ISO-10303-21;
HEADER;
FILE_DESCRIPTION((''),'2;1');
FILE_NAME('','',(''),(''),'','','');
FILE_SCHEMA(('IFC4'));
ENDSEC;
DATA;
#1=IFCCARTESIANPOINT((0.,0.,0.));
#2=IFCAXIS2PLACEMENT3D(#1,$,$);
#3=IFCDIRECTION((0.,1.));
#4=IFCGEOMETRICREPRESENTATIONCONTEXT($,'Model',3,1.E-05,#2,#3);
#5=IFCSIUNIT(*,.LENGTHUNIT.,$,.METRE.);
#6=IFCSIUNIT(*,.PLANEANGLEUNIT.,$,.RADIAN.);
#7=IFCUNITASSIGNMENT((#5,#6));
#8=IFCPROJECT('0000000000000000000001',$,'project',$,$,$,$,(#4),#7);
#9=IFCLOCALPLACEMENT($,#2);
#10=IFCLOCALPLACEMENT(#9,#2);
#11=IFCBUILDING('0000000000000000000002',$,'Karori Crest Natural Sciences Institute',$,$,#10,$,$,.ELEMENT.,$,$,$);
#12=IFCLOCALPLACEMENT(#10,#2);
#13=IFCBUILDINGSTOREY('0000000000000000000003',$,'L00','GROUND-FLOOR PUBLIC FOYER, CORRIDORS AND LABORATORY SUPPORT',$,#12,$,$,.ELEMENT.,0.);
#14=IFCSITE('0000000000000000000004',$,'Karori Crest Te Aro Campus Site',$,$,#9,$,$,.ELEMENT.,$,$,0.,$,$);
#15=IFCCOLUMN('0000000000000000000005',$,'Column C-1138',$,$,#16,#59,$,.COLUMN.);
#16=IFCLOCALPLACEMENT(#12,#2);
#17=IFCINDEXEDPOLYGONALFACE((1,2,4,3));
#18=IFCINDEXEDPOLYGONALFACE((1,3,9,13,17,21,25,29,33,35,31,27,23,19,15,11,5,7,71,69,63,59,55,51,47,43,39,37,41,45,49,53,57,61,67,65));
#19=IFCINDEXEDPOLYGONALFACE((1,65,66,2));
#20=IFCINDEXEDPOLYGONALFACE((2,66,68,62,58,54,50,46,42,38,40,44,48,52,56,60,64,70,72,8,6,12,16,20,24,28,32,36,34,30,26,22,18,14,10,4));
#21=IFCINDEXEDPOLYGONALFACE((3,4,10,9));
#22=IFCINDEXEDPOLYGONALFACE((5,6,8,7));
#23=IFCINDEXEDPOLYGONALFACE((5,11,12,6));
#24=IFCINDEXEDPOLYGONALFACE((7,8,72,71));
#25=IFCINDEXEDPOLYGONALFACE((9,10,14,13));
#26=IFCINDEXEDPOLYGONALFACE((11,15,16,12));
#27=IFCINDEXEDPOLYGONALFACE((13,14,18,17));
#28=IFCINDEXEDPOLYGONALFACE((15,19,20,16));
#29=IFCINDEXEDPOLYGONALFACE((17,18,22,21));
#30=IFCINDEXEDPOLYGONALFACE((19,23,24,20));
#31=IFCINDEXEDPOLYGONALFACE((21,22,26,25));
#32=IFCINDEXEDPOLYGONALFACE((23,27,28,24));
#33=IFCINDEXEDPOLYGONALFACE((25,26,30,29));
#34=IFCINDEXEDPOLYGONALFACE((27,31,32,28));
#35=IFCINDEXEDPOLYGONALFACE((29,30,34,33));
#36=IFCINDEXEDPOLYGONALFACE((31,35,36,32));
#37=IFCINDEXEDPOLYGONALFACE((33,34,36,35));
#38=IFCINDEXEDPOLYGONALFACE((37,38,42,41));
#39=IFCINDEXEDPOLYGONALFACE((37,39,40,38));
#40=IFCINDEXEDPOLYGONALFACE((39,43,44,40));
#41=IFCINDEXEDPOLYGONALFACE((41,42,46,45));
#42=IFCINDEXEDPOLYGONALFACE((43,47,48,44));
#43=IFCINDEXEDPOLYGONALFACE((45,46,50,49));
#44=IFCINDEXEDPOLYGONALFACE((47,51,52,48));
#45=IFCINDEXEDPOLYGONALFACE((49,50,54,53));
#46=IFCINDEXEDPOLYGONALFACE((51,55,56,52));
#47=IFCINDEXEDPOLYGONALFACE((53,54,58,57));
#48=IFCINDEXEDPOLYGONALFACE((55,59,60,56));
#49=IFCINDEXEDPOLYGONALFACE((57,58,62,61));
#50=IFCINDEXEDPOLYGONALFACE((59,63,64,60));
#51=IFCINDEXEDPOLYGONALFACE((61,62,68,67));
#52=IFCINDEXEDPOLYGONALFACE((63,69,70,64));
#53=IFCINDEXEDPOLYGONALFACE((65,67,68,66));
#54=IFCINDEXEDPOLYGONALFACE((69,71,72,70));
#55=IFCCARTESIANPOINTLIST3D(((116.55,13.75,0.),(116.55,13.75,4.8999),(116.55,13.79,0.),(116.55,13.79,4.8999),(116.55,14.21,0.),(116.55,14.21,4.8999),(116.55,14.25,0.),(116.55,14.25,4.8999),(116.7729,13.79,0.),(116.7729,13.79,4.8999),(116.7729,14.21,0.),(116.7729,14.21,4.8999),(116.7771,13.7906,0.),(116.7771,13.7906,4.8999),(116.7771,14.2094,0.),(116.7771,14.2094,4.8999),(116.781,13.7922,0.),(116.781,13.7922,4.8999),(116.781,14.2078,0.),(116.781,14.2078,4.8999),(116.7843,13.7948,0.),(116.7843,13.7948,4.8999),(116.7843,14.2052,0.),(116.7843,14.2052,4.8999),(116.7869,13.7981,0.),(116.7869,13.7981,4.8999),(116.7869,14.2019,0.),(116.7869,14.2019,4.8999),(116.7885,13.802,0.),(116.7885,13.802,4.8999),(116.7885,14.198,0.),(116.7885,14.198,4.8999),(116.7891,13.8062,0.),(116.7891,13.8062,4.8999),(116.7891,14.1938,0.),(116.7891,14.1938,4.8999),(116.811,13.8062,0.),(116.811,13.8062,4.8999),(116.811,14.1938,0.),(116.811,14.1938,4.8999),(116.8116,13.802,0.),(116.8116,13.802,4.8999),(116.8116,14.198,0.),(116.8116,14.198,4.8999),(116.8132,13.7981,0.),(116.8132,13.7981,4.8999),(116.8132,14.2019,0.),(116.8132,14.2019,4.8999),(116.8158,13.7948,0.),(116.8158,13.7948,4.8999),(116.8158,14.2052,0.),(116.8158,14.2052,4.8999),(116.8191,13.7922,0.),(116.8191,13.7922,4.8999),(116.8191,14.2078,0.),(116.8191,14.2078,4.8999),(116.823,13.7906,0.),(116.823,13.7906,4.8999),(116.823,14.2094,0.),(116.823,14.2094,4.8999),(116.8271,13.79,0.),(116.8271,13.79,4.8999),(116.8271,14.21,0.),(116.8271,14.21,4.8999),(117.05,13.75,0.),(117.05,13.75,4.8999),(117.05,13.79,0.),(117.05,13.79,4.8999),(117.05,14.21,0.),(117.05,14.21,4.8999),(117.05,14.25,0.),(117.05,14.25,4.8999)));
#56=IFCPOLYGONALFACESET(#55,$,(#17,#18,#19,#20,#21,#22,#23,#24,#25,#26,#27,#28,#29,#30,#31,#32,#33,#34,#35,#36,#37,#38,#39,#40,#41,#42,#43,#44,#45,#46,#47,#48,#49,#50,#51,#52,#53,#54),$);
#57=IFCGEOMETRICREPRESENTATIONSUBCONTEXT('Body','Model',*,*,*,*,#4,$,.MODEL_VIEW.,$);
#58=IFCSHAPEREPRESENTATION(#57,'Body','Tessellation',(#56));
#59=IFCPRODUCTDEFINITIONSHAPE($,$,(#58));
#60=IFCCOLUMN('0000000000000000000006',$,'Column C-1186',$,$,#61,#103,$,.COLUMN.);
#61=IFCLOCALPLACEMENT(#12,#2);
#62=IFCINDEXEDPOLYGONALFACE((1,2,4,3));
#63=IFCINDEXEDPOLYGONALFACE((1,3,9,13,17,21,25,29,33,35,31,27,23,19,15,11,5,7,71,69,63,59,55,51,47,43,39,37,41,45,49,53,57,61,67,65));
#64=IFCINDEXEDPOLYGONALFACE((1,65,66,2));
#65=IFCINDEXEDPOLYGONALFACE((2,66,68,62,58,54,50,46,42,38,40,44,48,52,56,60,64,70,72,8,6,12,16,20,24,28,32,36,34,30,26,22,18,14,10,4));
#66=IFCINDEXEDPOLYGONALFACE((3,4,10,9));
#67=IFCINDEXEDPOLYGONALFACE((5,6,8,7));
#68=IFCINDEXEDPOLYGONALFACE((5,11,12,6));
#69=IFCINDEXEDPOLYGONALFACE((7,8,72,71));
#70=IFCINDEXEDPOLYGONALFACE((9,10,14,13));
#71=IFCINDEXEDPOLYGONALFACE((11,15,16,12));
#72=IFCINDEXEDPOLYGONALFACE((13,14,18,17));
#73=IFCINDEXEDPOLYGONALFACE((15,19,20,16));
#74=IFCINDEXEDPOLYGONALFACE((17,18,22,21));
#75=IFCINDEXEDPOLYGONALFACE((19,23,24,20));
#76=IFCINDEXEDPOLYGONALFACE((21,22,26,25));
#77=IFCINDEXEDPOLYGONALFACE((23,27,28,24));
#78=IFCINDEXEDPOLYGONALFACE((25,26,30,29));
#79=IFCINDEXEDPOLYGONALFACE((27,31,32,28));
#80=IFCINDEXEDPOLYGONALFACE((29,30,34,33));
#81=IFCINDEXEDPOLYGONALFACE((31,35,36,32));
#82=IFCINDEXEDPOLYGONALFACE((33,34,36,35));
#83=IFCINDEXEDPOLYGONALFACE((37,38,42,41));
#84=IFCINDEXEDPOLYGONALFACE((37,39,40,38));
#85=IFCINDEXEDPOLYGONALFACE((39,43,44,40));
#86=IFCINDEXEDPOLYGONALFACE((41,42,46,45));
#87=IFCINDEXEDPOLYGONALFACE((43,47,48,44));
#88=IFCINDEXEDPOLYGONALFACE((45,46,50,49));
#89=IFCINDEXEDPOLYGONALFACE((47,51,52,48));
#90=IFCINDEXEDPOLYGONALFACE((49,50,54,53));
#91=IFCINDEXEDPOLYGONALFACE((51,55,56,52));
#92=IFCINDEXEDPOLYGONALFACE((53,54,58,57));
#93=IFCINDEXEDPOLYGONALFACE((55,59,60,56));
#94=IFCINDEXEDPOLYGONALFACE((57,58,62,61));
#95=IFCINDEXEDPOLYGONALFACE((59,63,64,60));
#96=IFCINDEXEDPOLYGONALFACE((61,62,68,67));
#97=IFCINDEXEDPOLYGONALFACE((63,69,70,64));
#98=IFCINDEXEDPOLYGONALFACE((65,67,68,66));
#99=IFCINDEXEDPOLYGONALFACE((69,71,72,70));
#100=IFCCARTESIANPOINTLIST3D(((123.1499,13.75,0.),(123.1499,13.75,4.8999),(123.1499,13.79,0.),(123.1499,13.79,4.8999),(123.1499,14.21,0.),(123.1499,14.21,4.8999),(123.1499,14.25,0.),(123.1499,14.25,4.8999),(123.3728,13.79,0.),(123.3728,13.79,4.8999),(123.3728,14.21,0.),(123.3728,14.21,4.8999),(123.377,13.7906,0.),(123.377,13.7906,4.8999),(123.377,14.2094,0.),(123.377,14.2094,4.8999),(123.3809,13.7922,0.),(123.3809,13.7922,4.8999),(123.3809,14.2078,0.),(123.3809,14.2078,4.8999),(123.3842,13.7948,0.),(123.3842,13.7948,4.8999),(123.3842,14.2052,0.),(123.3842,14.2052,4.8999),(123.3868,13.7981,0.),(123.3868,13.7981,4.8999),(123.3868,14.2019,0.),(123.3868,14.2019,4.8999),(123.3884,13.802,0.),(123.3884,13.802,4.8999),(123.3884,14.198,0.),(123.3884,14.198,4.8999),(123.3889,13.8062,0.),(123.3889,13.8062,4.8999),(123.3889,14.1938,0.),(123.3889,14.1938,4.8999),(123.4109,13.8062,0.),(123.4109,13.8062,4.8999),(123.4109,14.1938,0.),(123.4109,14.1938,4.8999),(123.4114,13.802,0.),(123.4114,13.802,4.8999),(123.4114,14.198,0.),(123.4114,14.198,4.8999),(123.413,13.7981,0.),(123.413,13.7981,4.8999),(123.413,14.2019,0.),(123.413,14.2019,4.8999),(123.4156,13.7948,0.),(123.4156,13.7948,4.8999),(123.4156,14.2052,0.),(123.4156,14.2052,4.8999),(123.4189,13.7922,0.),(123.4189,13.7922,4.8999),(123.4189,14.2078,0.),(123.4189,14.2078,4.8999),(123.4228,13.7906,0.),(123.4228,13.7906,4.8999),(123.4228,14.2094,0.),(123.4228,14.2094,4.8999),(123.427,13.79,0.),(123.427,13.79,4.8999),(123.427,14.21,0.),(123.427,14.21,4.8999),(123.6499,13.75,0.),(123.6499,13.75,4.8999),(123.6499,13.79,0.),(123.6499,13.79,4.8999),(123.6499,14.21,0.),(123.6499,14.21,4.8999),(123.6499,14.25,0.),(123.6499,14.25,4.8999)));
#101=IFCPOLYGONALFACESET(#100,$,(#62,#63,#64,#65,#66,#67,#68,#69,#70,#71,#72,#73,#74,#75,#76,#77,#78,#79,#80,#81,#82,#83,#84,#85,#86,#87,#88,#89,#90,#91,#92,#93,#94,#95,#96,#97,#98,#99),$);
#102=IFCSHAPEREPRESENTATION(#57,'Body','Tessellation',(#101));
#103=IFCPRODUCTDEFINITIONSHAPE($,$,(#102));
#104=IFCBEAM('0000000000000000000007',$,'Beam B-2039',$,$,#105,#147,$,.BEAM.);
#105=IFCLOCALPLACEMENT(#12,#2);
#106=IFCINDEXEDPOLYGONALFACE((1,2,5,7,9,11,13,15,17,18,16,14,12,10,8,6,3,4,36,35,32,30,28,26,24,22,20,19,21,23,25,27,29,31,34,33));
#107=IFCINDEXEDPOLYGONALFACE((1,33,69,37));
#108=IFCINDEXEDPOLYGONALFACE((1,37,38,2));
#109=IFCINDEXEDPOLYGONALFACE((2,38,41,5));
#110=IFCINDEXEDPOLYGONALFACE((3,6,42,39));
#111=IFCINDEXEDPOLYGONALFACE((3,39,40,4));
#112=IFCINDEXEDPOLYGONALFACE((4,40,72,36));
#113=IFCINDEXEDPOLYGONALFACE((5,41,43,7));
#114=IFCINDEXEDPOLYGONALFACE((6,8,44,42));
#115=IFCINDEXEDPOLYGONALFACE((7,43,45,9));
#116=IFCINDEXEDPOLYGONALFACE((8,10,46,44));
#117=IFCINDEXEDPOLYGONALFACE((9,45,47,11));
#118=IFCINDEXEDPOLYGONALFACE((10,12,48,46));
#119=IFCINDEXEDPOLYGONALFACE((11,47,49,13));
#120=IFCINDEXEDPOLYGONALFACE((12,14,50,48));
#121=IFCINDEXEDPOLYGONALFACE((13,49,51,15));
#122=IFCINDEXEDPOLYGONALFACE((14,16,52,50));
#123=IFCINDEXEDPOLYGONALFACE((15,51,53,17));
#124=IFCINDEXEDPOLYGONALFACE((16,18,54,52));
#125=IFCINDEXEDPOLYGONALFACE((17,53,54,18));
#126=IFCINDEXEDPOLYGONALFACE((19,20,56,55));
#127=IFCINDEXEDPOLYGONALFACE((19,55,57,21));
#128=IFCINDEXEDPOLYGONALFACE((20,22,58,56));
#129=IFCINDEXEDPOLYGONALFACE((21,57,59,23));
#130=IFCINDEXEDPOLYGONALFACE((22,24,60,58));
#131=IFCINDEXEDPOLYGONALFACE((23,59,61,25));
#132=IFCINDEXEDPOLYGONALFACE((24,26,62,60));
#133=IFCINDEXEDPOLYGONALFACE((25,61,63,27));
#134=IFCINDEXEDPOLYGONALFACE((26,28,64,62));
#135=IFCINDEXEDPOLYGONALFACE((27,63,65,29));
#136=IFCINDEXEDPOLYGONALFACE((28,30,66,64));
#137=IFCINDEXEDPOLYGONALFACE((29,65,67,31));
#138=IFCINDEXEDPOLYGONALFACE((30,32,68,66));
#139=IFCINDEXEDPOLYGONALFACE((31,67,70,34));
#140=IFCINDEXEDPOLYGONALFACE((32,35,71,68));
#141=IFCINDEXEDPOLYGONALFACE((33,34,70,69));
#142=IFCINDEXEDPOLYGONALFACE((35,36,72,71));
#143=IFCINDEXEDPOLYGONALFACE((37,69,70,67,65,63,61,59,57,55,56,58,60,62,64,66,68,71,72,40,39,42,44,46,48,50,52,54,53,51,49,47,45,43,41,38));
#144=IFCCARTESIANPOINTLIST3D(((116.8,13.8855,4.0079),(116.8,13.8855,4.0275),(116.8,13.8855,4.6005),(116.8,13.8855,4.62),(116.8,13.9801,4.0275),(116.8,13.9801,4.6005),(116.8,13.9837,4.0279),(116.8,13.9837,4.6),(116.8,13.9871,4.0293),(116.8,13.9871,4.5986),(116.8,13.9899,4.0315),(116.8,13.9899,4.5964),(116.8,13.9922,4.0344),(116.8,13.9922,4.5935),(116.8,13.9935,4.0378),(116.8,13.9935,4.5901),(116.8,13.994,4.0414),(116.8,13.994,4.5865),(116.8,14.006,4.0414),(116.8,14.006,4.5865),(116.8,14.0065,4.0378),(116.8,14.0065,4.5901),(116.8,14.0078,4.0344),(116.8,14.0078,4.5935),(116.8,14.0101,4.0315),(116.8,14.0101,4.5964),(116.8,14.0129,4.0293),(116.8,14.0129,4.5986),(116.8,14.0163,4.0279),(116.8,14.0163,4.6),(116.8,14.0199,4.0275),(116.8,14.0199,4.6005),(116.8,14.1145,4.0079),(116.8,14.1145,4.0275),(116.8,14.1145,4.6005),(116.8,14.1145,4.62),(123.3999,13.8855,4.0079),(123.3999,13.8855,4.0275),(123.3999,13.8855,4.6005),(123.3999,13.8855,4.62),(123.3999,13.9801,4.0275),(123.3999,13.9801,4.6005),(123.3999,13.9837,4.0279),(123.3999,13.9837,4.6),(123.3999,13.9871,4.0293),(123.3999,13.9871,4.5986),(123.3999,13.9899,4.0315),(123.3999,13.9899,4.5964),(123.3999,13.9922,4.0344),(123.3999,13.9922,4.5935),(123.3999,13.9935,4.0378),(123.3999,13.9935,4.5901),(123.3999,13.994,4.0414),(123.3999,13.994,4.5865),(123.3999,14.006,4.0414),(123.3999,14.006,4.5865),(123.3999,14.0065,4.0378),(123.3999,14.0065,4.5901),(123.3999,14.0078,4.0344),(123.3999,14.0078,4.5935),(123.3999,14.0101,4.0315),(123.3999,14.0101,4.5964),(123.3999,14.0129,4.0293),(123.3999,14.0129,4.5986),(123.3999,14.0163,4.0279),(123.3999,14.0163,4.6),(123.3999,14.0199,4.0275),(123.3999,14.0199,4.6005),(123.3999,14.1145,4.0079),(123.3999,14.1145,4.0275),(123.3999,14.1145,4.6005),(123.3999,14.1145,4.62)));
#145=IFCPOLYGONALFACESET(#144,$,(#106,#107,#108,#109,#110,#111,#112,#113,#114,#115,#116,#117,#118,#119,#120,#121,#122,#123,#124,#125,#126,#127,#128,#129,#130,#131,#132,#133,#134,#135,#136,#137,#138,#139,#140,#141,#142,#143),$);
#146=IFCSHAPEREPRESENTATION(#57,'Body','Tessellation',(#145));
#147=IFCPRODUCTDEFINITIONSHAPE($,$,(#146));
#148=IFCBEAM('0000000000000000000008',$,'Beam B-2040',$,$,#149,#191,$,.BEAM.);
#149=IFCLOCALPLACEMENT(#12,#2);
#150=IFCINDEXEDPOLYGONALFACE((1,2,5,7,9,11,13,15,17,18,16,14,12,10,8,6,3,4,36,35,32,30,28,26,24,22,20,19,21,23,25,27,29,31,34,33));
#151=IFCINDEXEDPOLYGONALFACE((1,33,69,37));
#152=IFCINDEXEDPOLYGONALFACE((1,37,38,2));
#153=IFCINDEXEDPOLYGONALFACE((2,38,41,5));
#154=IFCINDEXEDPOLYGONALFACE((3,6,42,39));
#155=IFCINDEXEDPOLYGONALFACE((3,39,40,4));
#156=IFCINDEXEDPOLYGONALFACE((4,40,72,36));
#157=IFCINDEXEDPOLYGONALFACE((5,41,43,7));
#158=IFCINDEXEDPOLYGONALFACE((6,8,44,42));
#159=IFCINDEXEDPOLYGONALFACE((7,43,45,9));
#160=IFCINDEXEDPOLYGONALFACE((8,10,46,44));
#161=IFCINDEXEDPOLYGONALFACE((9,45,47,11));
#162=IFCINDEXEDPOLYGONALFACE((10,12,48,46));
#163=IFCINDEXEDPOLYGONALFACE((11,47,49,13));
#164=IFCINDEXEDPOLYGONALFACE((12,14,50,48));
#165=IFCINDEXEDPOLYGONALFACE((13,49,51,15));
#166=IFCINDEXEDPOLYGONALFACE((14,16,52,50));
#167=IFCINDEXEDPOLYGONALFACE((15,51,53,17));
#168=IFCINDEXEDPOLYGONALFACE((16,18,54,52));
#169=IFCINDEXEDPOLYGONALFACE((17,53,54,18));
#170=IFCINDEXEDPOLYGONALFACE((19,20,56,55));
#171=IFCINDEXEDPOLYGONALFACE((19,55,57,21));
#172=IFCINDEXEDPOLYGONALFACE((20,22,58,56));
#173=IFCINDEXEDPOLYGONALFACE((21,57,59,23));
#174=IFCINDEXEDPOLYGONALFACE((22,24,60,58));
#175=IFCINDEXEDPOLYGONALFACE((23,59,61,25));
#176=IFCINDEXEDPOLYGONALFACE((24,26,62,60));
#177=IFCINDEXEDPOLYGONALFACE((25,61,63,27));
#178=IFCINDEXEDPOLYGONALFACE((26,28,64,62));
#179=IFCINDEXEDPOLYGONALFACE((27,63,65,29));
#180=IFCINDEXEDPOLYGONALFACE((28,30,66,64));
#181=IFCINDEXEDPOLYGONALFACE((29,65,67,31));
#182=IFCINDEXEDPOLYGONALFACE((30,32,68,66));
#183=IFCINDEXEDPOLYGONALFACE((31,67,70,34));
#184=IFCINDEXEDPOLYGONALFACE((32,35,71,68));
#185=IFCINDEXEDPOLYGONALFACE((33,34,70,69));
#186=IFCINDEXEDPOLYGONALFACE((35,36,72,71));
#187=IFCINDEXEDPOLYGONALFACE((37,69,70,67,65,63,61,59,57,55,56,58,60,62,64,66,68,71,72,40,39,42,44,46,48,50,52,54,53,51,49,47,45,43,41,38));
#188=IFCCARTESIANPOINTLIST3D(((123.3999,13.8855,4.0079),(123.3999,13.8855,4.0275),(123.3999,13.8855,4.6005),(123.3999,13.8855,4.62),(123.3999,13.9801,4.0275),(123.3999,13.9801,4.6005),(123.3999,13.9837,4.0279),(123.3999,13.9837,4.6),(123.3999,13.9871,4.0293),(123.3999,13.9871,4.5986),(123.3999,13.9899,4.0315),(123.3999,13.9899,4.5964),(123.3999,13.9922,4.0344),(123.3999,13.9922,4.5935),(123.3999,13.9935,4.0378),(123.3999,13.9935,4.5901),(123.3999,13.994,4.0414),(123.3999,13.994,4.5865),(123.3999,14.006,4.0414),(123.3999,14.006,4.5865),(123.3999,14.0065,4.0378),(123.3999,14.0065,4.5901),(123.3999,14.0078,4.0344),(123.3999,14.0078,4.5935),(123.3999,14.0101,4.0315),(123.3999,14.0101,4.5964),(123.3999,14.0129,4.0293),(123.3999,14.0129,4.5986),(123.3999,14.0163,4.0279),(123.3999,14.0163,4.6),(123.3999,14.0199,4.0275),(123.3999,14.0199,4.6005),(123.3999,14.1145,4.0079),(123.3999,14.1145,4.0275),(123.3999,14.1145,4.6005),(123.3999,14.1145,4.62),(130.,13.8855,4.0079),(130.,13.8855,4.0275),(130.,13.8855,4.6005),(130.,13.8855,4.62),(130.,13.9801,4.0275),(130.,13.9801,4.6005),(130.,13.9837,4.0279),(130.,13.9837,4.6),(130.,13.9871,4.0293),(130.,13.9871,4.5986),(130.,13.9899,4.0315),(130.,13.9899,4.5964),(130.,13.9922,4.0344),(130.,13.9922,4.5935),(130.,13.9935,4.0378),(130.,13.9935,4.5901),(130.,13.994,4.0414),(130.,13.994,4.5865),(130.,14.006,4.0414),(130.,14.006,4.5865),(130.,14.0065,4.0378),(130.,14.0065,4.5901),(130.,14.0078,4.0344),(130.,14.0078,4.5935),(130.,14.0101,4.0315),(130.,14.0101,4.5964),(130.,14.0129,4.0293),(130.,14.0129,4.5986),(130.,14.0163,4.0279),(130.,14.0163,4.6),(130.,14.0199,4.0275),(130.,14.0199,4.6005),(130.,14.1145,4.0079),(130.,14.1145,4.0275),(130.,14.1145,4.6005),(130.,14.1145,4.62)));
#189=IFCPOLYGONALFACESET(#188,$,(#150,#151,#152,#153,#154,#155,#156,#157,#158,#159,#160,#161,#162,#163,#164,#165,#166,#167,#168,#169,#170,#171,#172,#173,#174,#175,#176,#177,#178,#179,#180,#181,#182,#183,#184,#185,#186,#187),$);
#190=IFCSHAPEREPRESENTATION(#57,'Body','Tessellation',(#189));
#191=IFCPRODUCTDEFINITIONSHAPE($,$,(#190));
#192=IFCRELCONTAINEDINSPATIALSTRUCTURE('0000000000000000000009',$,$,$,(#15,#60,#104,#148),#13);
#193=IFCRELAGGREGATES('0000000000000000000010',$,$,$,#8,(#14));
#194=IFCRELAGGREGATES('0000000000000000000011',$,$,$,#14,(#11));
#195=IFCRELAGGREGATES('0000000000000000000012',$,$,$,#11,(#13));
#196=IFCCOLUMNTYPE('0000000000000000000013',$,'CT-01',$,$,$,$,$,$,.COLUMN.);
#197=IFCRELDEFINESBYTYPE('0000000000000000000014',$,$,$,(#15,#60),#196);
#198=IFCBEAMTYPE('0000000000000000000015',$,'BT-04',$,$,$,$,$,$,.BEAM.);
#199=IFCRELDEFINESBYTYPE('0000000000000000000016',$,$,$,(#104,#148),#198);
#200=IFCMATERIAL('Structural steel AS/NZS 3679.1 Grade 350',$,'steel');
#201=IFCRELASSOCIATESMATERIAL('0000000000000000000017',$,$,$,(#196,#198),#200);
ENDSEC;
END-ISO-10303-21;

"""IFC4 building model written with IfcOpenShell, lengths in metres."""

from ifc_helpers import new_model, si_unit, direction, frame, origin, origin_2d, place, context, subcontext, project, spatial, i_section, extrude, material, material_profile, profile_set, type_object, element, save


model = new_model("IFC4")

# Units and contexts
model_context = context("Model", 3, precision=1e-05, world=origin(), true_north=direction((0.0, 1.0)))
body_context = subcontext(model_context, "Body", "Model", "MODEL_VIEW")
ifc_project = project(units=[si_unit("LENGTHUNIT", "METRE"), si_unit("PLANEANGLEUNIT", "RADIAN")], contexts=[model_context])

# Site, building, storey
site_placement = place(None, origin())
site = spatial("IfcSite", under=ifc_project, at=site_placement, Name="Karori Crest Te Aro Campus Site", CompositionType="ELEMENT", RefElevation=0.0)
building_placement = place(site_placement, origin())
building = spatial("IfcBuilding", under=site, at=building_placement, Name="Karori Crest Natural Sciences Institute", CompositionType="ELEMENT")
storey_placement = place(building_placement, origin())
storey = spatial("IfcBuildingStorey", under=building, at=storey_placement, Name="L00", Description="GROUND-FLOOR PUBLIC FOYER, CORRIDORS AND LABORATORY SUPPORT", CompositionType="ELEMENT", Elevation=0.0)

# Columns
ifc_material_1 = material(Name="Structural steel AS/NZS 3679.1 Grade 350", Category="steel")
ifc_material_profile_1 = material_profile(ifc_material_1, i_section(OverallWidth=0.5, OverallDepth=0.5, WebThickness=0.022, FlangeThickness=0.04, FilletRadius=0.0161, at=origin_2d()), Name="500WC440")
ifc_profile_set_1 = profile_set([ifc_material_profile_1], Name="Structural steel AS/NZS 3679.1 Grade 350")
column_type = type_object("IfcColumnType", Name="CT-01", PredefinedType="COLUMN", material=ifc_profile_set_1)
for number, where, z_axis, x_axis, name in (
    (1, (116.8, 14.0, 0.0), (0.0, 0.0, 1.0), (1.0, 0.0, 0.0), "Column C-1138"),
    (2, (123.3999, 14.0, 0.0), (0.0, 0.0, 1.0), (1.0, 0.0, 0.0), "Column C-1186"),
):
    element("IfcColumn", number, at=place(storey_placement, frame(where, z_axis=z_axis, x_axis=x_axis)), inside=storey, type_object=column_type, Name=name, PredefinedType="COLUMN", context=body_context, shape_type="SweptSolid", body=[
        extrude(i_section(OverallWidth=0.5, OverallDepth=0.5, WebThickness=0.022, FlangeThickness=0.04, FilletRadius=0.0161, at=origin_2d()), origin(), (0.0, 0.0, 1.0), 4.8999),
    ])

# Beams
ifc_material_profile_2 = material_profile(ifc_material_1, i_section(OverallWidth=0.229, OverallDepth=0.6121, WebThickness=0.012, FlangeThickness=0.0195, FilletRadius=0.0139, at=origin_2d()), Name="610UB125")
ifc_profile_set_2 = profile_set([ifc_material_profile_2], Name="Structural steel AS/NZS 3679.1 Grade 350")
beam_type_1 = type_object("IfcBeamType", Name="BT-04", PredefinedType="BEAM", material=ifc_profile_set_2)
beam_1_placement = place(storey_placement, frame((116.8, 14.0, 4.314), z_axis=(1.0, 0.0, 0.0), x_axis=(0.0, 1.0, 0.0)))
element("IfcBeam", 3, at=beam_1_placement, inside=storey, type_object=beam_type_1, Name="Beam B-2039", PredefinedType="BEAM", context=body_context, shape_type="SweptSolid", body=[
    extrude(i_section(OverallWidth=0.229, OverallDepth=0.6121, WebThickness=0.012, FlangeThickness=0.0195, FilletRadius=0.0139, at=origin_2d()), origin(), (0.0, 0.0, 1.0), 6.5999),
])
beam_2_placement = place(storey_placement, frame((123.3999, 14.0, 4.314), z_axis=(1.0, 0.0, 0.0), x_axis=(0.0, 1.0, 0.0)))
element("IfcBeam", 4, at=beam_2_placement, inside=storey, type_object=beam_type_1, Name="Beam B-2040", PredefinedType="BEAM", context=body_context, shape_type="SweptSolid", body=[
    extrude(i_section(OverallWidth=0.229, OverallDepth=0.6121, WebThickness=0.012, FlangeThickness=0.0195, FilletRadius=0.0139, at=origin_2d()), origin(), (0.0, 0.0, 1.0), 6.6001),
])

save(model, "model.ifc")
